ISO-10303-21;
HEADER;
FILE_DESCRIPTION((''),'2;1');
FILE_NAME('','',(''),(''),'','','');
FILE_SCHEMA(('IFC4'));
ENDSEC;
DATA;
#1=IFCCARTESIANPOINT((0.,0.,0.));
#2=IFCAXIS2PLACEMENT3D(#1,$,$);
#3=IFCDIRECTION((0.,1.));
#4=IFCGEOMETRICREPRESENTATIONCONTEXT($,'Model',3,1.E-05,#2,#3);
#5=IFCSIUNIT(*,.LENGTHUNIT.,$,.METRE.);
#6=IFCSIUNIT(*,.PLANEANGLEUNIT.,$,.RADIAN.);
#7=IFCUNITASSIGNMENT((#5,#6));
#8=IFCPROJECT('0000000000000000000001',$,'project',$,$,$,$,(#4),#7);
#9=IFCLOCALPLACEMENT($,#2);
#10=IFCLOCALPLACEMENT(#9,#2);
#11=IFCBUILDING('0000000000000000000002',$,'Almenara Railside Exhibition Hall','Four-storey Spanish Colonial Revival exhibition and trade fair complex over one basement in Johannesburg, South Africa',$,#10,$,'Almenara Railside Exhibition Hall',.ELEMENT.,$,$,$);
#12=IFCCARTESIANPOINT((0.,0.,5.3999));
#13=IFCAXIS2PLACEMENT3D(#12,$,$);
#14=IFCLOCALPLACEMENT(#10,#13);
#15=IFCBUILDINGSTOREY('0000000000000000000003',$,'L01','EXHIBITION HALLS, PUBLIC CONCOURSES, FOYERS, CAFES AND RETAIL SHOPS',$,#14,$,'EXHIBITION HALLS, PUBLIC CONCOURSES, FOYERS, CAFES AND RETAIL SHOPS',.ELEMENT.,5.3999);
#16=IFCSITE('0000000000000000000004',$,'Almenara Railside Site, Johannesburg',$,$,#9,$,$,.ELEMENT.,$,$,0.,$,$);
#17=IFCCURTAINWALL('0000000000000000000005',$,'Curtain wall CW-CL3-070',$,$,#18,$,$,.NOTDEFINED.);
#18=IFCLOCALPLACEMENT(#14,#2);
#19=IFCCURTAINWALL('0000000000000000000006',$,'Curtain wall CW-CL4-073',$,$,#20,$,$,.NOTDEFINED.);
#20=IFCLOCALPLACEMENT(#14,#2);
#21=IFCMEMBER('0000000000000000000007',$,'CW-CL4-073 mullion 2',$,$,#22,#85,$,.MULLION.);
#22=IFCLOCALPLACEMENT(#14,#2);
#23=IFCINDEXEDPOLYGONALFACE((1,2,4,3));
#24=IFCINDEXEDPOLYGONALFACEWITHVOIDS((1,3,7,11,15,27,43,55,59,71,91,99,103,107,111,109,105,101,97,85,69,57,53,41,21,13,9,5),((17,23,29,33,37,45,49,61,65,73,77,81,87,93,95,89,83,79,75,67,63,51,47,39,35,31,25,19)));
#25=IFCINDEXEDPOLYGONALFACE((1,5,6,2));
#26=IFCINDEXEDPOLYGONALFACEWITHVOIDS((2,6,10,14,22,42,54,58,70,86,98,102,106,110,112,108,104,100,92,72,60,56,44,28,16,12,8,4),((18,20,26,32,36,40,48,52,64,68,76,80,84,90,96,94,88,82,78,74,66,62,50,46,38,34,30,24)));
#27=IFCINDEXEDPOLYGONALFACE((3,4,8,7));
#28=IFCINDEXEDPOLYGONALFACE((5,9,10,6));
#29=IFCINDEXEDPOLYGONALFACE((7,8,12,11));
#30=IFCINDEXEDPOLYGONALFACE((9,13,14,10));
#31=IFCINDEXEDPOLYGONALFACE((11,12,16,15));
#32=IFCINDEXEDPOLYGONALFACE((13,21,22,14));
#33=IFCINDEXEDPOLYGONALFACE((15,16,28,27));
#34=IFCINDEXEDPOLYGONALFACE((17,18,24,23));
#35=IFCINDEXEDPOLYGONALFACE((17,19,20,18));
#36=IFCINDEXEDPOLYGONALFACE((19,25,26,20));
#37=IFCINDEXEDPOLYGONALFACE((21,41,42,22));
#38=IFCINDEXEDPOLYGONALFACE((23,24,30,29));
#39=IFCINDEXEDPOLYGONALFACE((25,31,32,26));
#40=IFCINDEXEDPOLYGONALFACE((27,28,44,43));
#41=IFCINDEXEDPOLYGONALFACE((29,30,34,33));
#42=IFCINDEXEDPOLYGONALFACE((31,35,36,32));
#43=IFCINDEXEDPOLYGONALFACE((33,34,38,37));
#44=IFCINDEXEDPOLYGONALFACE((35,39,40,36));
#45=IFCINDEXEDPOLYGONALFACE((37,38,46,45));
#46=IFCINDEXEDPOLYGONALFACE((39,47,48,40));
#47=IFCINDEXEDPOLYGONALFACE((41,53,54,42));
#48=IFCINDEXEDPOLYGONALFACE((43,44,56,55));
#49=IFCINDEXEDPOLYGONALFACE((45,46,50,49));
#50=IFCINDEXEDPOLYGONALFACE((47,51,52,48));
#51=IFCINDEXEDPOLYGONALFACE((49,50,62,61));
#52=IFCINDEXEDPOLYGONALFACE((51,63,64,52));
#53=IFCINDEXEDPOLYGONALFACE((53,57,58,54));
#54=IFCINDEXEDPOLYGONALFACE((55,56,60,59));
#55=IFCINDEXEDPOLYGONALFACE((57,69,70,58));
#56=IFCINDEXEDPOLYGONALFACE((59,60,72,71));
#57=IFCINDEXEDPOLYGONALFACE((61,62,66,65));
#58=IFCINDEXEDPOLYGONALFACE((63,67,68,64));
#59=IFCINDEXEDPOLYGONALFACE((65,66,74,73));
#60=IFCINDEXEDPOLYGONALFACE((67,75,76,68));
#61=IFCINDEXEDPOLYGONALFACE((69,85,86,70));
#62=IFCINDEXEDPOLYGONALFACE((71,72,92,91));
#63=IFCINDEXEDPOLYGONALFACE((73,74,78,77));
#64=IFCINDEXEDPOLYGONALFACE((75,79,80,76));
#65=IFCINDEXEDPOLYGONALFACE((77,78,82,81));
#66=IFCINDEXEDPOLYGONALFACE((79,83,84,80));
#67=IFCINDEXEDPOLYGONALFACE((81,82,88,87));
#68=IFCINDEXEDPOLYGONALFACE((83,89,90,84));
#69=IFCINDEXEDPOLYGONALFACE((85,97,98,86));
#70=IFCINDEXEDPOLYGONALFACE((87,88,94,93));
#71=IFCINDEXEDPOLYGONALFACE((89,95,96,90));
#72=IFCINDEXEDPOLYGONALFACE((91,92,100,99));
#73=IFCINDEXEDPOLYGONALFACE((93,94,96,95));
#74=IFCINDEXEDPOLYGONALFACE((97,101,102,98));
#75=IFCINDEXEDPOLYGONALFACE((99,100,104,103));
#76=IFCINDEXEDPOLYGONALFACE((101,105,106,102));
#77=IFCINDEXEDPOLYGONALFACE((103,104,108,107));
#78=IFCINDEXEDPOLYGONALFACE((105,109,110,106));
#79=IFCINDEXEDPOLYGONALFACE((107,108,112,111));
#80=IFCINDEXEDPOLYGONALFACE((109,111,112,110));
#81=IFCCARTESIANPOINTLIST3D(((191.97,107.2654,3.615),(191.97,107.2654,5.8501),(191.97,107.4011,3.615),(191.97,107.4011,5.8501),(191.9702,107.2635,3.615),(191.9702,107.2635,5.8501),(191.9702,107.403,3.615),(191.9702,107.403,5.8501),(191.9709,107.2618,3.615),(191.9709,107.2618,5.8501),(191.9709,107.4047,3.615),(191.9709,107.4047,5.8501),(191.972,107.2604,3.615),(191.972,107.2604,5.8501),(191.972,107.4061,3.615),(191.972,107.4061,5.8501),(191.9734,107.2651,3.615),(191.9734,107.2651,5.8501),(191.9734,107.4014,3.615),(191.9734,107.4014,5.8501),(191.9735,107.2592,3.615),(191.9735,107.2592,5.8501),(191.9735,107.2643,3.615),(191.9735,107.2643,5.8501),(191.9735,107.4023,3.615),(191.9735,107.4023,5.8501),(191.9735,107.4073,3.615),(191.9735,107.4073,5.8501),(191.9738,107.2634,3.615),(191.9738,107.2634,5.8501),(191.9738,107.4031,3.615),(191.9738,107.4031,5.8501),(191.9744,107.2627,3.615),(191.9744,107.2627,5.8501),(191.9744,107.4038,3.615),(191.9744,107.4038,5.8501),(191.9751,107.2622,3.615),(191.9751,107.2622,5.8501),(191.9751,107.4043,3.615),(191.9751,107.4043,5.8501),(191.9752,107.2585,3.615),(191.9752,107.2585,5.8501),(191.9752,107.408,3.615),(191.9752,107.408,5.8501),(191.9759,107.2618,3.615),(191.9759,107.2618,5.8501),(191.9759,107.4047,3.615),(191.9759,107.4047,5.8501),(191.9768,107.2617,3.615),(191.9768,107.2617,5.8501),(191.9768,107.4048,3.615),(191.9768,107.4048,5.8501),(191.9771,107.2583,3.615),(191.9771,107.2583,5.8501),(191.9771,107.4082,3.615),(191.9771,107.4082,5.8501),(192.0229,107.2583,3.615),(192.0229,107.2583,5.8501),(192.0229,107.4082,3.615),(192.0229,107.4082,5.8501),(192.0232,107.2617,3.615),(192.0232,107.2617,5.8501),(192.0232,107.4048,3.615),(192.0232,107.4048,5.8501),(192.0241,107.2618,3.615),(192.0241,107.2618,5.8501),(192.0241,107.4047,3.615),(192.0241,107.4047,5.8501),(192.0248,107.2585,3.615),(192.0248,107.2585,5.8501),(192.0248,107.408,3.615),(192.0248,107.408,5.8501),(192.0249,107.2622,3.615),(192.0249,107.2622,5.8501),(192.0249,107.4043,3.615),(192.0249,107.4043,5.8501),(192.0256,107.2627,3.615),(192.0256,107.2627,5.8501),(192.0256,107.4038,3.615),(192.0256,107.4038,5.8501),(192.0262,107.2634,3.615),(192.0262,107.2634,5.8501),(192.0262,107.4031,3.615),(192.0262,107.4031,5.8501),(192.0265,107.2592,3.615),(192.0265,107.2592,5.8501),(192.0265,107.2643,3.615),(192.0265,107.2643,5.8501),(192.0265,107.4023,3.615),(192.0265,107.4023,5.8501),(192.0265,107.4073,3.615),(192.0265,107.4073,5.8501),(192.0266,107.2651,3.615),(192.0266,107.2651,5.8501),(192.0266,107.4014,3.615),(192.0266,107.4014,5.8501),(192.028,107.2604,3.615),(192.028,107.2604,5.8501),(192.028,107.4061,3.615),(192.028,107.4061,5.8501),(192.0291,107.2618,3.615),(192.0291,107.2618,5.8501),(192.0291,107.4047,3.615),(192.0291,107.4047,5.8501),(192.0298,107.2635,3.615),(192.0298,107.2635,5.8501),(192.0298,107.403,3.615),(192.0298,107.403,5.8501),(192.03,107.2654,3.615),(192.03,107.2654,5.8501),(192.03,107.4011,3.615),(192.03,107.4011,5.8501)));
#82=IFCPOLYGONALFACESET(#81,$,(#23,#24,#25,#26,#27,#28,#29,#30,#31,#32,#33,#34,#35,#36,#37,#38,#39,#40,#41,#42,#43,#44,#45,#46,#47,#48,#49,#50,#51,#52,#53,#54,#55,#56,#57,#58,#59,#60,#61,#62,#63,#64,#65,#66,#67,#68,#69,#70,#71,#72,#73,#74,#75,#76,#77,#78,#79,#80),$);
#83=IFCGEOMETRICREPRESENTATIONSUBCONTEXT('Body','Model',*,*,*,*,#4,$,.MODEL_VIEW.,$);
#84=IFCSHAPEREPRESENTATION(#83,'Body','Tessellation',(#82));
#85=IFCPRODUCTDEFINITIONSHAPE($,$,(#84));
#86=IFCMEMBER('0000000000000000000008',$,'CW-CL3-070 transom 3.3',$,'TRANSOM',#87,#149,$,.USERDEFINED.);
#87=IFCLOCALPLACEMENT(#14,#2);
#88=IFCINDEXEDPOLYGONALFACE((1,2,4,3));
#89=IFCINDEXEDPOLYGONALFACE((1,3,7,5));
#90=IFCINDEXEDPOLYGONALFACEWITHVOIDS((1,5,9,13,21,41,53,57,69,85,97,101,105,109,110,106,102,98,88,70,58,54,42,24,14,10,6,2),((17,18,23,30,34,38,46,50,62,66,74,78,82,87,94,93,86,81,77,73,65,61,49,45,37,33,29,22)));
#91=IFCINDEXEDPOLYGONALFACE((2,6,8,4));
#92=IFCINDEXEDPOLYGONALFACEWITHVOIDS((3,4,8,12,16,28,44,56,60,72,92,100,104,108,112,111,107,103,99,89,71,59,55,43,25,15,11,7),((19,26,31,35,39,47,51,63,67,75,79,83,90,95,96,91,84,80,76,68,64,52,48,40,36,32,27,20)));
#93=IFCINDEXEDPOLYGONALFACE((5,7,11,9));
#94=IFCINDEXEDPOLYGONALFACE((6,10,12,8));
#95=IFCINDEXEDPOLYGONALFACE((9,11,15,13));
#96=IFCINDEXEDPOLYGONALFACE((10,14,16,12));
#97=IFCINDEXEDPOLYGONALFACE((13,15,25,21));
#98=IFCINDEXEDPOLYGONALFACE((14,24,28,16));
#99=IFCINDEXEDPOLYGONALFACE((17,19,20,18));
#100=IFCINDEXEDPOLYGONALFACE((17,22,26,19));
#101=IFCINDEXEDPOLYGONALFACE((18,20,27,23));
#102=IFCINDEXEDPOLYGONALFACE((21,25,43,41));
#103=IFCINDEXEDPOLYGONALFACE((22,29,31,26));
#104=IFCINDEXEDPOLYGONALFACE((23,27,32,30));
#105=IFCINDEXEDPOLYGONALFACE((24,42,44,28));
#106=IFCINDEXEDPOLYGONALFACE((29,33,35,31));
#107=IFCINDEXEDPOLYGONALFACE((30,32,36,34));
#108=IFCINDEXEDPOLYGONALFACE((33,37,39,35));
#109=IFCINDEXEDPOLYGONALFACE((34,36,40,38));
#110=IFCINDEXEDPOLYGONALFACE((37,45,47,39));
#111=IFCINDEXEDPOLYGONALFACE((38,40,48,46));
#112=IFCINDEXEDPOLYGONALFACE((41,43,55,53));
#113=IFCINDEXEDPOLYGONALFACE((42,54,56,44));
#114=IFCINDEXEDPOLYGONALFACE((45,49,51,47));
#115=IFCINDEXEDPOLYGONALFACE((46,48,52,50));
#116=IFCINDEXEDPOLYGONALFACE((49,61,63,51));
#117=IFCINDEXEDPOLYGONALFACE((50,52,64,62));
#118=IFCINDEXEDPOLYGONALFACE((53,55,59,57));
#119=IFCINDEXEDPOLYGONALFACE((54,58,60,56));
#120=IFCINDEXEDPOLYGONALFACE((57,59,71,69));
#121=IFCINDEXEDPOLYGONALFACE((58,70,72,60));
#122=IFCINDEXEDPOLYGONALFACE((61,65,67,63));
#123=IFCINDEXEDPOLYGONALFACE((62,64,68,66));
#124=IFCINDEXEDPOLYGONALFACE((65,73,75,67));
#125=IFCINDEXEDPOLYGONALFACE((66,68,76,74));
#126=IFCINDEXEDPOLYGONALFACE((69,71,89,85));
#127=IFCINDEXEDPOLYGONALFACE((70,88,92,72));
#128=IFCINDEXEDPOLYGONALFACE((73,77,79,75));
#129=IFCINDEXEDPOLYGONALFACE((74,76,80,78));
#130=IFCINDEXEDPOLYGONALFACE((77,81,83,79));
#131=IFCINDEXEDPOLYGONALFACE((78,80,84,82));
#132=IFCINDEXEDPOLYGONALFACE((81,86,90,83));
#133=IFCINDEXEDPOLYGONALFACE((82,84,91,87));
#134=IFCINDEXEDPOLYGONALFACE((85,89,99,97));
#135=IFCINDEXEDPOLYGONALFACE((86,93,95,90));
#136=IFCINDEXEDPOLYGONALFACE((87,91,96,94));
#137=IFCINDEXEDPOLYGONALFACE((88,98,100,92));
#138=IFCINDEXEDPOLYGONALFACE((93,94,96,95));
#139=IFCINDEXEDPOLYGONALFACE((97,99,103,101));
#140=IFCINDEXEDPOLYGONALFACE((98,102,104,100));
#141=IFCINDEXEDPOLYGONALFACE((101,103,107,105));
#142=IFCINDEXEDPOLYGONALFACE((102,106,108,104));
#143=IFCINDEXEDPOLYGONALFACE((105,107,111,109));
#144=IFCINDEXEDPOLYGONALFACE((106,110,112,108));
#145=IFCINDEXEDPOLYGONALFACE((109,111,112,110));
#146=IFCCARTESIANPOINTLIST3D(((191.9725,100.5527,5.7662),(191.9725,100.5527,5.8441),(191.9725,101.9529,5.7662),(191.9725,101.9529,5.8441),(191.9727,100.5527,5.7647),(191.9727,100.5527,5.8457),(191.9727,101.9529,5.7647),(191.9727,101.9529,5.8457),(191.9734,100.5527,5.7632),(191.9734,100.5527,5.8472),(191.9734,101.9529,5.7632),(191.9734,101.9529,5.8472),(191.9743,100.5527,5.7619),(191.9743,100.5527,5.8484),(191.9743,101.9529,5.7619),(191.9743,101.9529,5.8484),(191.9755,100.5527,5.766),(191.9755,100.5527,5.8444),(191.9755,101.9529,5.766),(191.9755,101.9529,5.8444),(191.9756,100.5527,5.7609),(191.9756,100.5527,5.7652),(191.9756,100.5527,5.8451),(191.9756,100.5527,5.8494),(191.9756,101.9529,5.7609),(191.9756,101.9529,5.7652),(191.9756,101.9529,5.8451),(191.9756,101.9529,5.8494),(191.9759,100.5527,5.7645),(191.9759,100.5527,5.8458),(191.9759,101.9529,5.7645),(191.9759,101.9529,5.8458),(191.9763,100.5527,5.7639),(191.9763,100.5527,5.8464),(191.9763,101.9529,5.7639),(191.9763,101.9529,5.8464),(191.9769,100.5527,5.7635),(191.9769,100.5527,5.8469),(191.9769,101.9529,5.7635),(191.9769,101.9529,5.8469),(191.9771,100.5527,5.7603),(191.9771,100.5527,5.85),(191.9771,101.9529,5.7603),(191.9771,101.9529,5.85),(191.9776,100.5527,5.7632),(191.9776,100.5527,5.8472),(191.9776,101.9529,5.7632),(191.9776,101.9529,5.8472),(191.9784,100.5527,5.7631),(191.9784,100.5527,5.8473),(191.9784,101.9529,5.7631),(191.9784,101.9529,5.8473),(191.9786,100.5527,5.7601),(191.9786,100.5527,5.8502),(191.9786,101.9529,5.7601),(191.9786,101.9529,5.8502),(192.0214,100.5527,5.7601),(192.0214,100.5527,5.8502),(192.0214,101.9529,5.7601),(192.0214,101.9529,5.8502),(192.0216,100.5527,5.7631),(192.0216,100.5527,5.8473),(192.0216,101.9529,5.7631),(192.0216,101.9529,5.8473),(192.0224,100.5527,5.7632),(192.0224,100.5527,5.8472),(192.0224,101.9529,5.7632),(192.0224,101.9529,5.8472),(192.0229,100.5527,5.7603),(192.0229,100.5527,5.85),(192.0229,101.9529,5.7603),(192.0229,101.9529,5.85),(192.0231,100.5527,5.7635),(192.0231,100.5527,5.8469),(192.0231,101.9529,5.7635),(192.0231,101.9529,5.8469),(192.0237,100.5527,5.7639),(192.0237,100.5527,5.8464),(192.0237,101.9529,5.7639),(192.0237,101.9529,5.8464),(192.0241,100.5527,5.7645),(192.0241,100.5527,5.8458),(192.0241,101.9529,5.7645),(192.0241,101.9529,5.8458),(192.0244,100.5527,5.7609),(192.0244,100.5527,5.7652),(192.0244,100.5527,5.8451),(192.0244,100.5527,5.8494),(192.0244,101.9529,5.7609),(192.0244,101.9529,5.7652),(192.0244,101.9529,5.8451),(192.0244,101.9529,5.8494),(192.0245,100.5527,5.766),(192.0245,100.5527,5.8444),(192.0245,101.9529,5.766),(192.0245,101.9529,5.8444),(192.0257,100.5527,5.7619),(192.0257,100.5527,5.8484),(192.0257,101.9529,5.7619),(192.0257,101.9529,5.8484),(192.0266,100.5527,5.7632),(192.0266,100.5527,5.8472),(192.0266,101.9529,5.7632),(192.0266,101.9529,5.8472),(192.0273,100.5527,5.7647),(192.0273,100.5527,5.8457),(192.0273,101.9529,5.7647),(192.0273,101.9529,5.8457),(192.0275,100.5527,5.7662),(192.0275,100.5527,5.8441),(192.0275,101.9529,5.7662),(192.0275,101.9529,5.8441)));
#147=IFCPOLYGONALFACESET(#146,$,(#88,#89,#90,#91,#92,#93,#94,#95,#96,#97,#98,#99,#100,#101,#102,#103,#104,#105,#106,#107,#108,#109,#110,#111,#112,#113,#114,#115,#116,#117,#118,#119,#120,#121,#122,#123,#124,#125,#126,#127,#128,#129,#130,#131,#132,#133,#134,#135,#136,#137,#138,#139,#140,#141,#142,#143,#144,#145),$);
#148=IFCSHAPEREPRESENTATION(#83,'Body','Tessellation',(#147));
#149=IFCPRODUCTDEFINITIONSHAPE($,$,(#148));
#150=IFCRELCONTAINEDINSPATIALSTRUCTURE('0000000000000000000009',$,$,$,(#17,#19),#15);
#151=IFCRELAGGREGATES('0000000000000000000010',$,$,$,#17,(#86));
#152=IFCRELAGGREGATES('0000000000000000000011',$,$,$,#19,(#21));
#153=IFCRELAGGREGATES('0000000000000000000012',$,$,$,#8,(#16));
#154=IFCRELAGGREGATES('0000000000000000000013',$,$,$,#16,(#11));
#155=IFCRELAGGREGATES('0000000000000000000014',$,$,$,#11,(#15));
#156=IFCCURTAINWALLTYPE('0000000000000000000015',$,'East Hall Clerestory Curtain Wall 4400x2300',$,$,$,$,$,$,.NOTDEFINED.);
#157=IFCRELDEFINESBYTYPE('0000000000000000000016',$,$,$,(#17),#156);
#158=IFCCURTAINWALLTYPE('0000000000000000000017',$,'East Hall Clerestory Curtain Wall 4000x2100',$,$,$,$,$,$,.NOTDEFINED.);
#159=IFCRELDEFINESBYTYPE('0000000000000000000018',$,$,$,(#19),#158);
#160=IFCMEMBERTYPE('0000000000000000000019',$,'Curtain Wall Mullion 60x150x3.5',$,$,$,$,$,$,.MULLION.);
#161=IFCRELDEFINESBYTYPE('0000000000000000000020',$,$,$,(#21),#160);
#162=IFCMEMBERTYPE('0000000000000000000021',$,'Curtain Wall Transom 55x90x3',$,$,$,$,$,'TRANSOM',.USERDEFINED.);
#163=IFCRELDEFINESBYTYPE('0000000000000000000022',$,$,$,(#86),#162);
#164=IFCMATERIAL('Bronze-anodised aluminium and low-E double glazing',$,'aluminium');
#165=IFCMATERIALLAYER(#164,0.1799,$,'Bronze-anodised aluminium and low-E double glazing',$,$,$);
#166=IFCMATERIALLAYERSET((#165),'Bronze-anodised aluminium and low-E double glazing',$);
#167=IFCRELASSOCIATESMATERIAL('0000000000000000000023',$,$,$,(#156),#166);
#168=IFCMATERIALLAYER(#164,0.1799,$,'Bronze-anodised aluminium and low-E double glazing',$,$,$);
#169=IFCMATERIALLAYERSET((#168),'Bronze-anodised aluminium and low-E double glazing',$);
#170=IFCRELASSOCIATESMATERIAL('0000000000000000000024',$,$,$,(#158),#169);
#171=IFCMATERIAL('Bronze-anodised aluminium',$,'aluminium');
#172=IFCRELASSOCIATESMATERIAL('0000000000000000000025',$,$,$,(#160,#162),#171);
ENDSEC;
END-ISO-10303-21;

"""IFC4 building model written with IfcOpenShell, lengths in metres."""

from ifc_helpers import new_model, si_unit, direction, frame, origin, origin_2d, place, context, subcontext, project, spatial, hollow_rectangle, extrude, material, layer, layer_set, material_profile, profile_set, type_object, element, aggregate, save


model = new_model("IFC4")

# Units and contexts
model_context = context("Model", 3, precision=1e-05, world=origin(), true_north=direction((0.0, 1.0)))
body_context = subcontext(model_context, "Body", "Model", "MODEL_VIEW")
ifc_project = project(units=[si_unit("LENGTHUNIT", "METRE"), si_unit("PLANEANGLEUNIT", "RADIAN")], contexts=[model_context])

# Site, building, storey
site_placement = place(None, origin())
site = spatial("IfcSite", under=ifc_project, at=site_placement, Name="Almenara Railside Site, Johannesburg", CompositionType="ELEMENT", RefElevation=0.0)
building_placement = place(site_placement, origin())
building = spatial("IfcBuilding", under=site, at=building_placement, Name="Almenara Railside Exhibition Hall", Description="Four-storey Spanish Colonial Revival exhibition and trade fair complex over one basement in Johannesburg, South Africa", LongName="Almenara Railside Exhibition Hall", CompositionType="ELEMENT")
storey_placement = place(building_placement, frame((0.0, 0.0, 5.3999)))
storey = spatial("IfcBuildingStorey", under=building, at=storey_placement, Name="L01", Description="EXHIBITION HALLS, PUBLIC CONCOURSES, FOYERS, CAFES AND RETAIL SHOPS", LongName="EXHIBITION HALLS, PUBLIC CONCOURSES, FOYERS, CAFES AND RETAIL SHOPS", CompositionType="ELEMENT", Elevation=5.3999)

# Curtain wall
ifc_material_1 = material(Name="Bronze-anodised aluminium and low-E double glazing", Category="aluminium")
ifc_layer_1 = layer(ifc_material_1, 0.1799, Name="Bronze-anodised aluminium and low-E double glazing")
ifc_layer_set_1 = layer_set([ifc_layer_1], Name="Bronze-anodised aluminium and low-E double glazing")
curtain_wall_type_1 = type_object("IfcCurtainWallType", Name="East Hall Clerestory Curtain Wall 4400x2300", PredefinedType="NOTDEFINED", material=ifc_layer_set_1)
curtain_wall_1_placement = place(storey_placement, origin())
curtain_wall_1 = element("IfcCurtainWall", 1, at=curtain_wall_1_placement, inside=storey, type_object=curtain_wall_type_1, Name="Curtain wall CW-CL3-070", PredefinedType="NOTDEFINED")
ifc_material_2 = material(Name="Bronze-anodised aluminium", Category="aluminium")

# Curtain wall, member
ifc_layer_2 = layer(ifc_material_1, 0.1799, Name="Bronze-anodised aluminium and low-E double glazing")
ifc_layer_set_2 = layer_set([ifc_layer_2], Name="Bronze-anodised aluminium and low-E double glazing")
curtain_wall_type_2 = type_object("IfcCurtainWallType", Name="East Hall Clerestory Curtain Wall 4000x2100", PredefinedType="NOTDEFINED", material=ifc_layer_set_2)
curtain_wall_2_placement = place(storey_placement, origin())
curtain_wall_2 = element("IfcCurtainWall", 2, at=curtain_wall_2_placement, inside=storey, type_object=curtain_wall_type_2, Name="Curtain wall CW-CL4-073", PredefinedType="NOTDEFINED")
ifc_material_profile_1 = material_profile(ifc_material_2, hollow_rectangle(XDim=0.0601, YDim=0.1499, WallThickness=0.0034, InnerFilletRadius=0.0034, OuterFilletRadius=0.0071, at=origin_2d()), Name="ALU-MUL 60x150x3.5")
ifc_profile_set_1 = profile_set([ifc_material_profile_1], Name="Bronze-anodised aluminium")
member_type_1 = type_object("IfcMemberType", Name="Curtain Wall Mullion 60x150x3.5", PredefinedType="MULLION", material=ifc_profile_set_1)
member_1_placement = place(storey_placement, frame((192.0, 107.3333, 3.615), z_axis=(0.0, 0.0, 1.0), x_axis=(-1.0, 0.0, 0.0)))
member_1 = element("IfcMember", 3, at=member_1_placement, type_object=member_type_1, Name="CW-CL4-073 mullion 2", PredefinedType="MULLION", context=body_context, shape_type="SweptSolid", body=[
    extrude(hollow_rectangle(XDim=0.0601, YDim=0.1499, WallThickness=0.0034, InnerFilletRadius=0.0034, OuterFilletRadius=0.0071, at=origin_2d()), origin(), (0.0, 0.0, 1.0), 2.2351),
])

# Member
ifc_material_profile_2 = material_profile(ifc_material_2, hollow_rectangle(XDim=0.0549, YDim=0.0901, WallThickness=0.0029, InnerFilletRadius=0.0029, OuterFilletRadius=0.0061, at=origin_2d()), Name="ALU-TRN 55x90x3")
ifc_profile_set_2 = profile_set([ifc_material_profile_2], Name="Bronze-anodised aluminium")
member_type_2 = type_object("IfcMemberType", Name="Curtain Wall Transom 55x90x3", ElementType="TRANSOM", PredefinedType="USERDEFINED", material=ifc_profile_set_2)
member_2_placement = place(storey_placement, frame((192.0, 100.5527, 5.8052), z_axis=(0.0, 1.0, 0.0), x_axis=(-1.0, 0.0, 0.0)))
member_2 = element("IfcMember", 4, at=member_2_placement, type_object=member_type_2, Name="CW-CL3-070 transom 3.3", ObjectType="TRANSOM", PredefinedType="USERDEFINED", context=body_context, shape_type="SweptSolid", body=[
    extrude(hollow_rectangle(XDim=0.0549, YDim=0.0901, WallThickness=0.0029, InnerFilletRadius=0.0029, OuterFilletRadius=0.0061, at=origin_2d()), origin(), (0.0, 0.0, 1.0), 1.4001),
])

aggregate(curtain_wall_1, [member_2])
aggregate(curtain_wall_2, [member_1])

save(model, "model.ifc")
